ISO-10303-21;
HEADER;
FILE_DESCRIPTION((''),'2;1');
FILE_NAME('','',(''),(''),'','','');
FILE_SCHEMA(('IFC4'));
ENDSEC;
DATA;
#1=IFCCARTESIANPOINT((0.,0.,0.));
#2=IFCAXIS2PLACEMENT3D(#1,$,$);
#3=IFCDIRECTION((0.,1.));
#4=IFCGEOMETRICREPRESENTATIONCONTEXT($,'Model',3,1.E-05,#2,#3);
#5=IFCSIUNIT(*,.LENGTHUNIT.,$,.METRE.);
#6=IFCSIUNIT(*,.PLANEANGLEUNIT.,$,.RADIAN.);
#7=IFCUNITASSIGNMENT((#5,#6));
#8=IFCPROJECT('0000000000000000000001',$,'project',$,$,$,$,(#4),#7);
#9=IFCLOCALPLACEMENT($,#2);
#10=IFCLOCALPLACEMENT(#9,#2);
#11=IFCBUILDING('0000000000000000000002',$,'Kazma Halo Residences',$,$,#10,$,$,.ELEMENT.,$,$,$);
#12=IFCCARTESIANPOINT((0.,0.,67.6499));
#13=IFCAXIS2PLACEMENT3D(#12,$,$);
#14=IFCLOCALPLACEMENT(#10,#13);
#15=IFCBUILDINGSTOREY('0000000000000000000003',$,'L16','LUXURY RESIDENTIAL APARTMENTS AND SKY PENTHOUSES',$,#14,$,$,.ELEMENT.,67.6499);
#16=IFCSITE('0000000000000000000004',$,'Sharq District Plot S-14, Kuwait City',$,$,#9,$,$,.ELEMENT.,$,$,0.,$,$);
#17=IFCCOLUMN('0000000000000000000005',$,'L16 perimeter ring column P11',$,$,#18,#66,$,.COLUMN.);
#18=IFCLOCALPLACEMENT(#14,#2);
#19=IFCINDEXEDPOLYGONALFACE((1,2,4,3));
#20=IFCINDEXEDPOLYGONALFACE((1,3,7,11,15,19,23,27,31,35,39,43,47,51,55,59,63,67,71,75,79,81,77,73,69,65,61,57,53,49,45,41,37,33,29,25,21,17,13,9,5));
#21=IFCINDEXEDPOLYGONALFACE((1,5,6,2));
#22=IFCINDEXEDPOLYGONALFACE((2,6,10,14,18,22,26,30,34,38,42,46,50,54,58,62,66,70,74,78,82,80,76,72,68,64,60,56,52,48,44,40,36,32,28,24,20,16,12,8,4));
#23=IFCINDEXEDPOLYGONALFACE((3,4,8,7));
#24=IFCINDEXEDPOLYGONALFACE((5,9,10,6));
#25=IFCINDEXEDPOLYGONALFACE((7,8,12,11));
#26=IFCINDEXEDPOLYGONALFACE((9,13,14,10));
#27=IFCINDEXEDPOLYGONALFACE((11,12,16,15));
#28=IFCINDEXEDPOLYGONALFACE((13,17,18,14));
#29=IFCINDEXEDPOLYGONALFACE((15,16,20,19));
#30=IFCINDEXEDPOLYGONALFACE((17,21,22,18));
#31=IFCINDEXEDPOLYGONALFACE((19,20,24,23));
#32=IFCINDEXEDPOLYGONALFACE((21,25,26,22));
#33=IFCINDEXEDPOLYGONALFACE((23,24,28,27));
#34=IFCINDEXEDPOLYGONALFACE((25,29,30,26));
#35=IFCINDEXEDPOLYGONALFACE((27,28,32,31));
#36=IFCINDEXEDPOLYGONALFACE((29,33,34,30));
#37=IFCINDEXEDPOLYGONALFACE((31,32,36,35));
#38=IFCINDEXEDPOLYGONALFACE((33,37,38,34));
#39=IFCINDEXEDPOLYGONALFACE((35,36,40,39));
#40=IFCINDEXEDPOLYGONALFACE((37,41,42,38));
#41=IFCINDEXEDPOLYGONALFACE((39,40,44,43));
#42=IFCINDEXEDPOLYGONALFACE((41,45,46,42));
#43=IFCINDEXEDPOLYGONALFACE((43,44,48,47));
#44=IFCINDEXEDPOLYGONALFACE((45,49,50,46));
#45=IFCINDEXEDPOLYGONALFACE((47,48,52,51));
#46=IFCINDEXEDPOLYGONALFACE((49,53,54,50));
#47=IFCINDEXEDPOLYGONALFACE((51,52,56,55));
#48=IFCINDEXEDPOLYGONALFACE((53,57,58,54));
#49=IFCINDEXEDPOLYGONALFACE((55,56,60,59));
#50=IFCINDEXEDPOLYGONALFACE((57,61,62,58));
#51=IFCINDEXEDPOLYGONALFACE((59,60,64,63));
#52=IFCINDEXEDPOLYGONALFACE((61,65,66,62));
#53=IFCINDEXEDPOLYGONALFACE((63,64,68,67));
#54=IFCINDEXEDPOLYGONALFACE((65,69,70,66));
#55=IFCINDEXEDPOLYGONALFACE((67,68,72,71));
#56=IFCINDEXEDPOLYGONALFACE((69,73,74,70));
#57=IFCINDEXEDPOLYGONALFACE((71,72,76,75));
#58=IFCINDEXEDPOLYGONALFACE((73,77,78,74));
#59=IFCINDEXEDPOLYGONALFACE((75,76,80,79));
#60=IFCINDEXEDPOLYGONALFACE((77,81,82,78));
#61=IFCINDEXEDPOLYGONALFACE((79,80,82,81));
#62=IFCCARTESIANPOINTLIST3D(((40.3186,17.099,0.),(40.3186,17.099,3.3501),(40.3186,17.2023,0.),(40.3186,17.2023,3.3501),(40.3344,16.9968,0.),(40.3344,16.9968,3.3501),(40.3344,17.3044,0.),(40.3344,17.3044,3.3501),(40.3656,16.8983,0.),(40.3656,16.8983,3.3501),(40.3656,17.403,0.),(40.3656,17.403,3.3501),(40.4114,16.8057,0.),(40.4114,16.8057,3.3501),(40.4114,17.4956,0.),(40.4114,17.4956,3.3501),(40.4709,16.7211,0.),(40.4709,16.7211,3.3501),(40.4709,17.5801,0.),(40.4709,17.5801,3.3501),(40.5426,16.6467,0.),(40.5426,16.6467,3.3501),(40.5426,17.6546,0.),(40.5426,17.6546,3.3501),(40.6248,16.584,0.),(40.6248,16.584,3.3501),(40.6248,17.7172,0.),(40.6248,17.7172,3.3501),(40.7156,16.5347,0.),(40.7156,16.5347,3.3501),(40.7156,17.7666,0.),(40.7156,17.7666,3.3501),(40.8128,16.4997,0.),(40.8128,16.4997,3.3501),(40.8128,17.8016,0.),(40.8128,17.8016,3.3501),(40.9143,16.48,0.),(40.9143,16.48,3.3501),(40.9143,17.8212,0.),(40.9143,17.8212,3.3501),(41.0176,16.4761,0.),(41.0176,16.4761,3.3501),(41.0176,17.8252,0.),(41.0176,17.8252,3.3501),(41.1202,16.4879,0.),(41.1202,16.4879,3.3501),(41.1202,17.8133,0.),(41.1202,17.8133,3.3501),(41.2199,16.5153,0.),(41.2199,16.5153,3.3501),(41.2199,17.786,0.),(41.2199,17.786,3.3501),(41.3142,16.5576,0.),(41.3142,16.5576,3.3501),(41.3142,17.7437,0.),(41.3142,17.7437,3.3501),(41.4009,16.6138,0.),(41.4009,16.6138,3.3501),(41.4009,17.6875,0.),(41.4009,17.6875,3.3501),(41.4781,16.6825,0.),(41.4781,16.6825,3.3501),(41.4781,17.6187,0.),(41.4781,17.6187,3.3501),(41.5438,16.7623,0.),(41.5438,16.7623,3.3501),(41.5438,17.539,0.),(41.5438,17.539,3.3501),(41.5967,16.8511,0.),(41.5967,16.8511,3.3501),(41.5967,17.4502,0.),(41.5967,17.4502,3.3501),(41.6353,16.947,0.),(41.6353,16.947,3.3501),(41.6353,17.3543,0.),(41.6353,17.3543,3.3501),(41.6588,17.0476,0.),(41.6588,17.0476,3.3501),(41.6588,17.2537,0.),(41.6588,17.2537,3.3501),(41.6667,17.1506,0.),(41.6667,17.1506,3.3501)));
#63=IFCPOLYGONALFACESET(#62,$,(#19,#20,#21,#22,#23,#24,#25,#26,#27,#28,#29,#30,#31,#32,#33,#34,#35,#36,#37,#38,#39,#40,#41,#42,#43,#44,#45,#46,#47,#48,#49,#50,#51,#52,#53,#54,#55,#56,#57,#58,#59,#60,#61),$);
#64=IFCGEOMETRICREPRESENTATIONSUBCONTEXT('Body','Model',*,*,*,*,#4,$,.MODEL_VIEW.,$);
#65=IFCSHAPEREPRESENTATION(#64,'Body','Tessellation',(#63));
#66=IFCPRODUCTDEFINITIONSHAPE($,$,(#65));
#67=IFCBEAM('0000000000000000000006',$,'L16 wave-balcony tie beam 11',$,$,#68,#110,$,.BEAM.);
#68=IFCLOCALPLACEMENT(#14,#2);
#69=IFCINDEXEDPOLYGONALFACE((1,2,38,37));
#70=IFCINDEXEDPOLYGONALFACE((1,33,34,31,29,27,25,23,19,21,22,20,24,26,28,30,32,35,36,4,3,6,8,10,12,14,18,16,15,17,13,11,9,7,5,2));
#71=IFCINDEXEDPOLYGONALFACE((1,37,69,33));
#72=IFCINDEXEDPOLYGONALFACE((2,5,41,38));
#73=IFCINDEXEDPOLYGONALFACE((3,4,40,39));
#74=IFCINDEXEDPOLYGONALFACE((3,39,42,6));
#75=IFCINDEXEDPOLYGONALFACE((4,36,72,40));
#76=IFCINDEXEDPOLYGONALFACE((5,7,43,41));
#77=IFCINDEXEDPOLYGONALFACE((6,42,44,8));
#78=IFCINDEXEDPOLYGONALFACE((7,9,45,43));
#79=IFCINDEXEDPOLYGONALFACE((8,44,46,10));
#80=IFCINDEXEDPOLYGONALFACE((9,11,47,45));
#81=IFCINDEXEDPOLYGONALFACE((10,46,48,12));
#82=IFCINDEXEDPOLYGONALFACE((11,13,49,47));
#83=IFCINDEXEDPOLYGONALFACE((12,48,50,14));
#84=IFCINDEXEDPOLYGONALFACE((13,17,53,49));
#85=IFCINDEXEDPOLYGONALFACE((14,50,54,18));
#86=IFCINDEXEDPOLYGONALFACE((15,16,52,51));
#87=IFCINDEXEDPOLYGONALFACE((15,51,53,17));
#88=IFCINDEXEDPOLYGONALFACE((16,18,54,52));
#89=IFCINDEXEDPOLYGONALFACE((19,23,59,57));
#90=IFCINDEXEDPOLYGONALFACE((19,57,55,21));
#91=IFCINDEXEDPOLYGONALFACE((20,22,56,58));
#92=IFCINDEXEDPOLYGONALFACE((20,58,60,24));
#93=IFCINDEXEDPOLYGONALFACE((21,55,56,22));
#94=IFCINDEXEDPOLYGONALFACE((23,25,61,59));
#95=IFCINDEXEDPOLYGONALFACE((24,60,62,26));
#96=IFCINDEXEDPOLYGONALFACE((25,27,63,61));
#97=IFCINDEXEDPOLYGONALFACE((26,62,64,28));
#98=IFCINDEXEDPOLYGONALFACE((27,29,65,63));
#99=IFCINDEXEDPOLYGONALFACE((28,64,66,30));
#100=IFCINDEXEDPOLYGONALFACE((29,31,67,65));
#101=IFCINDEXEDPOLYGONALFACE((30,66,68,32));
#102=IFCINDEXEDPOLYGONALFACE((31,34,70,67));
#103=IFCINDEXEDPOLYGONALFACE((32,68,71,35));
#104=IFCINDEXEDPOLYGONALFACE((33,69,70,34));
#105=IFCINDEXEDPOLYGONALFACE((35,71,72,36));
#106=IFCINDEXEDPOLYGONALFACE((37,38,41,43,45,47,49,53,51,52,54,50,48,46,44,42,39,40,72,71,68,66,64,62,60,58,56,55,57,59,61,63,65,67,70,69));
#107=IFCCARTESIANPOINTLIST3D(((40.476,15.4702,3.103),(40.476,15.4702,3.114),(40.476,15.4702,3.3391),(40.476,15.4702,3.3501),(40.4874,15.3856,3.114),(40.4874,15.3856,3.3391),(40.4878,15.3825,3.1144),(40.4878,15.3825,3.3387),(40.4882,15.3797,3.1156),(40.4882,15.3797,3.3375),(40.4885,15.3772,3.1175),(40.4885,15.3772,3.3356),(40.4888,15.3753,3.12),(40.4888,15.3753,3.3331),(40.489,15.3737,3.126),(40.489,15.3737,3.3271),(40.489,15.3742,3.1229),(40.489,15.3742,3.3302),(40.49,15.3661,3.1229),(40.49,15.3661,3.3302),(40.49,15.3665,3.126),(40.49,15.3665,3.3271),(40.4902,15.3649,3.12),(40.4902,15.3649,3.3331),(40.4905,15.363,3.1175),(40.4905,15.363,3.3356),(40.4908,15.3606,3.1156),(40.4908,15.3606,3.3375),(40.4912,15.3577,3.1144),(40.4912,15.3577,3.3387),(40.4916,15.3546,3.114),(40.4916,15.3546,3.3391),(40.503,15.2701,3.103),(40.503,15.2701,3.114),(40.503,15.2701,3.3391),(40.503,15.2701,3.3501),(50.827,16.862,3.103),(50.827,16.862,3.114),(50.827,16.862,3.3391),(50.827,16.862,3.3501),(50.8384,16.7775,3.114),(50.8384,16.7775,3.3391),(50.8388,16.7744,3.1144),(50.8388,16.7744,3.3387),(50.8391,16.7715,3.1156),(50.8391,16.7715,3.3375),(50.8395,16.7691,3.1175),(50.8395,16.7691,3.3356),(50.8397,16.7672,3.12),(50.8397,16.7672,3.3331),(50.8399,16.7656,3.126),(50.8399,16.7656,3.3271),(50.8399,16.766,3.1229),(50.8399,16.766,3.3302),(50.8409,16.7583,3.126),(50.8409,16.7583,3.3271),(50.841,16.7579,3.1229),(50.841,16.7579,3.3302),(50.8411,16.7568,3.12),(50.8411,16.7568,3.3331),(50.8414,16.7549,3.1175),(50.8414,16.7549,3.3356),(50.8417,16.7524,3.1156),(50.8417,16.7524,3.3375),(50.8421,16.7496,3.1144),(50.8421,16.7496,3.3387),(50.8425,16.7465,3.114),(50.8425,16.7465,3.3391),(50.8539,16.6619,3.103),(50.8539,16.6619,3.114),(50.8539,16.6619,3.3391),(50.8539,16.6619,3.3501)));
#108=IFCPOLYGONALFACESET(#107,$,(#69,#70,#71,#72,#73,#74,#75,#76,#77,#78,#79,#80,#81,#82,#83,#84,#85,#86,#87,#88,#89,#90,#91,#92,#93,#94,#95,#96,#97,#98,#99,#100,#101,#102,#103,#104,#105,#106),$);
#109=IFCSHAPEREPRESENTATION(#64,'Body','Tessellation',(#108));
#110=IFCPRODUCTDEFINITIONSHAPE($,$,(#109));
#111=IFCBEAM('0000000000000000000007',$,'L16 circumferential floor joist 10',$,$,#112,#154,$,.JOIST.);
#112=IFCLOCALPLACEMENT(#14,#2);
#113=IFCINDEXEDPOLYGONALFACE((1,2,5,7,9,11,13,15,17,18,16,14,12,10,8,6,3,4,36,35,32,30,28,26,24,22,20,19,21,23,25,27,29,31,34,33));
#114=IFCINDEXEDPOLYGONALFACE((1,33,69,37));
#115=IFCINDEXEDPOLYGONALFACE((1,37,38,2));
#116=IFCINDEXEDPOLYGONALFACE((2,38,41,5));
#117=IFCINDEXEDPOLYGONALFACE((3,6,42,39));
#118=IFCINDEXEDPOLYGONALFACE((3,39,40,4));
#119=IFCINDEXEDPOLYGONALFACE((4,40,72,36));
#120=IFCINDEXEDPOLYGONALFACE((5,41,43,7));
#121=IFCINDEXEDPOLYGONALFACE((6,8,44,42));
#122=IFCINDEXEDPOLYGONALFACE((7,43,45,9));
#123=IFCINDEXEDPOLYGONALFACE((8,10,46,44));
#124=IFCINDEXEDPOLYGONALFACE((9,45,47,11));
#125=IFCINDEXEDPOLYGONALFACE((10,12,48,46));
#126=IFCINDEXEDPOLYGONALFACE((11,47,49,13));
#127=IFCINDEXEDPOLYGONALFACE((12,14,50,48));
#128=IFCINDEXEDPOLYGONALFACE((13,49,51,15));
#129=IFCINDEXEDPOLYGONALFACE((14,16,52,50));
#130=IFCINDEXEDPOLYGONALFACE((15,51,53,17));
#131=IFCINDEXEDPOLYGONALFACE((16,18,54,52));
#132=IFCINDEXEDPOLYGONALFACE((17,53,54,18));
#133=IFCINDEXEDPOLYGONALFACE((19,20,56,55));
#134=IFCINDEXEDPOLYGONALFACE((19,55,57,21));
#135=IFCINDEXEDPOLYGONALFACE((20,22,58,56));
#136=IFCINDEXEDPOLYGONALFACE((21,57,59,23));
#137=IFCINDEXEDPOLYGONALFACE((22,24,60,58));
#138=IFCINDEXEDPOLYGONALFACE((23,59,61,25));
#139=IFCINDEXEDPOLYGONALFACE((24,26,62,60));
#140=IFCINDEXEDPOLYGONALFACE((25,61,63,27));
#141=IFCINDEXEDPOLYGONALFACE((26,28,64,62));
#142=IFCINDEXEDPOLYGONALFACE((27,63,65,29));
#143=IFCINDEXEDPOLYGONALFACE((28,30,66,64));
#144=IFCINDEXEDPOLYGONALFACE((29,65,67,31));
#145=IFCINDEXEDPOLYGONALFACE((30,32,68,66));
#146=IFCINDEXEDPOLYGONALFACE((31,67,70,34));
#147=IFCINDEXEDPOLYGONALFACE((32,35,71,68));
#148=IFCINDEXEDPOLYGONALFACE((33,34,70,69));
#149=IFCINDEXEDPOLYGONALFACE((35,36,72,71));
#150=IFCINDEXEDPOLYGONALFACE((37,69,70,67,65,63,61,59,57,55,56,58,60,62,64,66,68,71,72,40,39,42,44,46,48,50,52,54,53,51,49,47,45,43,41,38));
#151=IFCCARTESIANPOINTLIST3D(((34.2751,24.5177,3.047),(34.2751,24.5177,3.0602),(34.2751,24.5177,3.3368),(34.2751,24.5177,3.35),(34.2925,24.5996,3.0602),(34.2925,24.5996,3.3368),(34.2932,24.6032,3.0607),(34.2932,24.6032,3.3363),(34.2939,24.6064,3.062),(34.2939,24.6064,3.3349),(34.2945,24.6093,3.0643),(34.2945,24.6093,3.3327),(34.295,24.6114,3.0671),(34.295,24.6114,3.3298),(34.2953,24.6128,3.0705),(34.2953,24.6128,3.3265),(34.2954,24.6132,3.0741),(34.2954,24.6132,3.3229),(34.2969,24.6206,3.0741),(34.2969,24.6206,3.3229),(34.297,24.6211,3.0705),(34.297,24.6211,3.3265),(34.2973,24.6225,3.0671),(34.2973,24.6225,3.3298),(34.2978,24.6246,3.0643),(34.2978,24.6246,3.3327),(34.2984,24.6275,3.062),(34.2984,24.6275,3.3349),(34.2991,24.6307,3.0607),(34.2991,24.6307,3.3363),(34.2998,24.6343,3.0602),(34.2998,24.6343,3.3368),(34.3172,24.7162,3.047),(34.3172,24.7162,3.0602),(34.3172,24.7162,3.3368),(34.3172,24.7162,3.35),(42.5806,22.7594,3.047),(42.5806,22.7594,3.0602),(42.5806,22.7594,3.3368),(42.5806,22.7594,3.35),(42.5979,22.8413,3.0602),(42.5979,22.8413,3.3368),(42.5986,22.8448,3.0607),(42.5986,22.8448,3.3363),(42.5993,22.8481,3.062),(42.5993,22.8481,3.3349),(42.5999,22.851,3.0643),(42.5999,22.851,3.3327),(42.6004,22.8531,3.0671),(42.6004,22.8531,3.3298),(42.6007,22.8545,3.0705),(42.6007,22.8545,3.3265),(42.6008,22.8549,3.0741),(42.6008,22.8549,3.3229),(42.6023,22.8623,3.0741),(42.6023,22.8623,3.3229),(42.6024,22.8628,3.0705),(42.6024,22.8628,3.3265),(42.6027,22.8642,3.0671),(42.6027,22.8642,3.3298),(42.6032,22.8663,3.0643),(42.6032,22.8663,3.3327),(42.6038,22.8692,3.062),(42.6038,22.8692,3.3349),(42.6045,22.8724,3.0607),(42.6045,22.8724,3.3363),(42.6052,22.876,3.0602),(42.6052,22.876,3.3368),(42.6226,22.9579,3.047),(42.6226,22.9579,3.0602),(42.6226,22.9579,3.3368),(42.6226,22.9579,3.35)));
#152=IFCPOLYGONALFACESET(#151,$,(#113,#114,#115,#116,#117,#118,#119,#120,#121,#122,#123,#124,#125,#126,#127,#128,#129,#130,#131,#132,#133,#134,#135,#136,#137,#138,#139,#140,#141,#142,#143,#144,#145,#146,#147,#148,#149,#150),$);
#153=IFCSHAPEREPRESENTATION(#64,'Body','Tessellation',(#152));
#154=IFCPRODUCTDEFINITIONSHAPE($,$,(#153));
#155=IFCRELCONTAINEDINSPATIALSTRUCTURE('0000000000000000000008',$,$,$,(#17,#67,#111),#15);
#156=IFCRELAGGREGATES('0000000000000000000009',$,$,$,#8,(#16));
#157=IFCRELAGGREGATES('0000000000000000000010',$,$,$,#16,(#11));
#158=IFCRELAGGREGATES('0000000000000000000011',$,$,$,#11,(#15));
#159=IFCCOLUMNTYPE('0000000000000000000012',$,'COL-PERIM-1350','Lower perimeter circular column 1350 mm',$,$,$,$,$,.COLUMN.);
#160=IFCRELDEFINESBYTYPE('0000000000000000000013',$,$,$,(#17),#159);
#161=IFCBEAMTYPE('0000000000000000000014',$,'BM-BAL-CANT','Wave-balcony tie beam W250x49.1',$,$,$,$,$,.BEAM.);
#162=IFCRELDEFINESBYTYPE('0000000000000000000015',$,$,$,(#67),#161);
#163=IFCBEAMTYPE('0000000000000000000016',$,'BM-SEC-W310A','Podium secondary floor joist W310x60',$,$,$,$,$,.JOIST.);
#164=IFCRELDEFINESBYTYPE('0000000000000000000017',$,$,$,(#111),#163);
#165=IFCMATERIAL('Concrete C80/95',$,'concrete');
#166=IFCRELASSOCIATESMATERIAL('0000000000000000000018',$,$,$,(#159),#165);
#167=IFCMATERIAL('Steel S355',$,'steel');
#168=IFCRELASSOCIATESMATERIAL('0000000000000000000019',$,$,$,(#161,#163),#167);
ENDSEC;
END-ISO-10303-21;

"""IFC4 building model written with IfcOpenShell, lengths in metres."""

from ifc_helpers import new_model, si_unit, direction, frame, origin, origin_2d, place, context, subcontext, project, spatial, circle, i_section, extrude, material, material_profile, profile_set, type_object, element, save


model = new_model("IFC4")

# Units and contexts
model_context = context("Model", 3, precision=1e-05, world=origin(), true_north=direction((0.0, 1.0)))
body_context = subcontext(model_context, "Body", "Model", "MODEL_VIEW")
ifc_project = project(units=[si_unit("LENGTHUNIT", "METRE"), si_unit("PLANEANGLEUNIT", "RADIAN")], contexts=[model_context])

# Site, building, storey
site_placement = place(None, origin())
site = spatial("IfcSite", under=ifc_project, at=site_placement, Name="Sharq District Plot S-14, Kuwait City", CompositionType="ELEMENT", RefElevation=0.0)
building_placement = place(site_placement, origin())
building = spatial("IfcBuilding", under=site, at=building_placement, Name="Kazma Halo Residences", CompositionType="ELEMENT")
storey_placement = place(building_placement, frame((0.0, 0.0, 67.6499)))
storey = spatial("IfcBuildingStorey", under=building, at=storey_placement, Name="L16", Description="LUXURY RESIDENTIAL APARTMENTS AND SKY PENTHOUSES", CompositionType="ELEMENT", Elevation=67.6499)

# Column
ifc_material_1 = material(Name="Concrete C80/95", Category="concrete")
ifc_material_profile_1 = material_profile(ifc_material_1, circle(Radius=0.675, at=origin_2d()), Name="CIRC1350")
ifc_profile_set_1 = profile_set([ifc_material_profile_1], Name="Concrete C80/95")
column_type = type_object("IfcColumnType", Name="COL-PERIM-1350", Description="Lower perimeter circular column 1350 mm", PredefinedType="COLUMN", material=ifc_profile_set_1)
column_placement = place(storey_placement, frame((40.9917, 17.1506, 0.0), z_axis=(0.0, 0.0, 1.0), x_axis=(1.0, 0.0, 0.0)))
element("IfcColumn", 1, at=column_placement, inside=storey, type_object=column_type, Name="L16 perimeter ring column P11", PredefinedType="COLUMN", context=body_context, shape_type="SweptSolid", body=[
    extrude(circle(Radius=0.675, at=origin_2d()), origin(), (0.0, 0.0, 1.0), 3.3501),
])

# Beams
ifc_material_2 = material(Name="Steel S355", Category="steel")
ifc_material_profile_2 = material_profile(ifc_material_2, i_section(OverallWidth=0.2019, OverallDepth=0.2471, WebThickness=0.0073, FlangeThickness=0.011, FilletRadius=0.012, at=origin_2d()), Name="W250x49.1")
ifc_profile_set_2 = profile_set([ifc_material_profile_2], Name="Steel S355")
beam_type_1 = type_object("IfcBeamType", Name="BM-BAL-CANT", Description="Wave-balcony tie beam W250x49.1", PredefinedType="BEAM", material=ifc_profile_set_2)
beam_1_placement = place(storey_placement, frame((40.4895, 15.3701, 3.2266), z_axis=(0.99108, 0.133268, 0.0), x_axis=(-0.133268, 0.99108, 0.0)))
element("IfcBeam", 2, at=beam_1_placement, inside=storey, type_object=beam_type_1, Name="L16 wave-balcony tie beam 11", PredefinedType="BEAM", context=body_context, shape_type="SweptSolid", body=[
    extrude(i_section(OverallWidth=0.2019, OverallDepth=0.2471, WebThickness=0.0073, FlangeThickness=0.011, FilletRadius=0.012, at=origin_2d()), origin(), (0.0, 0.0, 1.0), 10.4441),
])
ifc_material_profile_3 = material_profile(ifc_material_2, i_section(OverallWidth=0.2029, OverallDepth=0.303, WebThickness=0.0076, FlangeThickness=0.0132, FilletRadius=0.0139, at=origin_2d()), Name="W310x60")
ifc_profile_set_3 = profile_set([ifc_material_profile_3], Name="Steel S355")
beam_type_2 = type_object("IfcBeamType", Name="BM-SEC-W310A", Description="Podium secondary floor joist W310x60", PredefinedType="JOIST", material=ifc_profile_set_3)
beam_2_placement = place(storey_placement, frame((34.2961, 24.6169, 3.1985), z_axis=(0.978317, -0.207115, 0.0), x_axis=(0.207115, 0.978317, 0.0)))
element("IfcBeam", 3, at=beam_2_placement, inside=storey, type_object=beam_type_2, Name="L16 circumferential floor joist 10", PredefinedType="JOIST", context=body_context, shape_type="SweptSolid", body=[
    extrude(i_section(OverallWidth=0.2029, OverallDepth=0.303, WebThickness=0.0076, FlangeThickness=0.0132, FilletRadius=0.0139, at=origin_2d()), origin(), (0.0, 0.0, 1.0), 8.4895),
])

save(model, "model.ifc")
